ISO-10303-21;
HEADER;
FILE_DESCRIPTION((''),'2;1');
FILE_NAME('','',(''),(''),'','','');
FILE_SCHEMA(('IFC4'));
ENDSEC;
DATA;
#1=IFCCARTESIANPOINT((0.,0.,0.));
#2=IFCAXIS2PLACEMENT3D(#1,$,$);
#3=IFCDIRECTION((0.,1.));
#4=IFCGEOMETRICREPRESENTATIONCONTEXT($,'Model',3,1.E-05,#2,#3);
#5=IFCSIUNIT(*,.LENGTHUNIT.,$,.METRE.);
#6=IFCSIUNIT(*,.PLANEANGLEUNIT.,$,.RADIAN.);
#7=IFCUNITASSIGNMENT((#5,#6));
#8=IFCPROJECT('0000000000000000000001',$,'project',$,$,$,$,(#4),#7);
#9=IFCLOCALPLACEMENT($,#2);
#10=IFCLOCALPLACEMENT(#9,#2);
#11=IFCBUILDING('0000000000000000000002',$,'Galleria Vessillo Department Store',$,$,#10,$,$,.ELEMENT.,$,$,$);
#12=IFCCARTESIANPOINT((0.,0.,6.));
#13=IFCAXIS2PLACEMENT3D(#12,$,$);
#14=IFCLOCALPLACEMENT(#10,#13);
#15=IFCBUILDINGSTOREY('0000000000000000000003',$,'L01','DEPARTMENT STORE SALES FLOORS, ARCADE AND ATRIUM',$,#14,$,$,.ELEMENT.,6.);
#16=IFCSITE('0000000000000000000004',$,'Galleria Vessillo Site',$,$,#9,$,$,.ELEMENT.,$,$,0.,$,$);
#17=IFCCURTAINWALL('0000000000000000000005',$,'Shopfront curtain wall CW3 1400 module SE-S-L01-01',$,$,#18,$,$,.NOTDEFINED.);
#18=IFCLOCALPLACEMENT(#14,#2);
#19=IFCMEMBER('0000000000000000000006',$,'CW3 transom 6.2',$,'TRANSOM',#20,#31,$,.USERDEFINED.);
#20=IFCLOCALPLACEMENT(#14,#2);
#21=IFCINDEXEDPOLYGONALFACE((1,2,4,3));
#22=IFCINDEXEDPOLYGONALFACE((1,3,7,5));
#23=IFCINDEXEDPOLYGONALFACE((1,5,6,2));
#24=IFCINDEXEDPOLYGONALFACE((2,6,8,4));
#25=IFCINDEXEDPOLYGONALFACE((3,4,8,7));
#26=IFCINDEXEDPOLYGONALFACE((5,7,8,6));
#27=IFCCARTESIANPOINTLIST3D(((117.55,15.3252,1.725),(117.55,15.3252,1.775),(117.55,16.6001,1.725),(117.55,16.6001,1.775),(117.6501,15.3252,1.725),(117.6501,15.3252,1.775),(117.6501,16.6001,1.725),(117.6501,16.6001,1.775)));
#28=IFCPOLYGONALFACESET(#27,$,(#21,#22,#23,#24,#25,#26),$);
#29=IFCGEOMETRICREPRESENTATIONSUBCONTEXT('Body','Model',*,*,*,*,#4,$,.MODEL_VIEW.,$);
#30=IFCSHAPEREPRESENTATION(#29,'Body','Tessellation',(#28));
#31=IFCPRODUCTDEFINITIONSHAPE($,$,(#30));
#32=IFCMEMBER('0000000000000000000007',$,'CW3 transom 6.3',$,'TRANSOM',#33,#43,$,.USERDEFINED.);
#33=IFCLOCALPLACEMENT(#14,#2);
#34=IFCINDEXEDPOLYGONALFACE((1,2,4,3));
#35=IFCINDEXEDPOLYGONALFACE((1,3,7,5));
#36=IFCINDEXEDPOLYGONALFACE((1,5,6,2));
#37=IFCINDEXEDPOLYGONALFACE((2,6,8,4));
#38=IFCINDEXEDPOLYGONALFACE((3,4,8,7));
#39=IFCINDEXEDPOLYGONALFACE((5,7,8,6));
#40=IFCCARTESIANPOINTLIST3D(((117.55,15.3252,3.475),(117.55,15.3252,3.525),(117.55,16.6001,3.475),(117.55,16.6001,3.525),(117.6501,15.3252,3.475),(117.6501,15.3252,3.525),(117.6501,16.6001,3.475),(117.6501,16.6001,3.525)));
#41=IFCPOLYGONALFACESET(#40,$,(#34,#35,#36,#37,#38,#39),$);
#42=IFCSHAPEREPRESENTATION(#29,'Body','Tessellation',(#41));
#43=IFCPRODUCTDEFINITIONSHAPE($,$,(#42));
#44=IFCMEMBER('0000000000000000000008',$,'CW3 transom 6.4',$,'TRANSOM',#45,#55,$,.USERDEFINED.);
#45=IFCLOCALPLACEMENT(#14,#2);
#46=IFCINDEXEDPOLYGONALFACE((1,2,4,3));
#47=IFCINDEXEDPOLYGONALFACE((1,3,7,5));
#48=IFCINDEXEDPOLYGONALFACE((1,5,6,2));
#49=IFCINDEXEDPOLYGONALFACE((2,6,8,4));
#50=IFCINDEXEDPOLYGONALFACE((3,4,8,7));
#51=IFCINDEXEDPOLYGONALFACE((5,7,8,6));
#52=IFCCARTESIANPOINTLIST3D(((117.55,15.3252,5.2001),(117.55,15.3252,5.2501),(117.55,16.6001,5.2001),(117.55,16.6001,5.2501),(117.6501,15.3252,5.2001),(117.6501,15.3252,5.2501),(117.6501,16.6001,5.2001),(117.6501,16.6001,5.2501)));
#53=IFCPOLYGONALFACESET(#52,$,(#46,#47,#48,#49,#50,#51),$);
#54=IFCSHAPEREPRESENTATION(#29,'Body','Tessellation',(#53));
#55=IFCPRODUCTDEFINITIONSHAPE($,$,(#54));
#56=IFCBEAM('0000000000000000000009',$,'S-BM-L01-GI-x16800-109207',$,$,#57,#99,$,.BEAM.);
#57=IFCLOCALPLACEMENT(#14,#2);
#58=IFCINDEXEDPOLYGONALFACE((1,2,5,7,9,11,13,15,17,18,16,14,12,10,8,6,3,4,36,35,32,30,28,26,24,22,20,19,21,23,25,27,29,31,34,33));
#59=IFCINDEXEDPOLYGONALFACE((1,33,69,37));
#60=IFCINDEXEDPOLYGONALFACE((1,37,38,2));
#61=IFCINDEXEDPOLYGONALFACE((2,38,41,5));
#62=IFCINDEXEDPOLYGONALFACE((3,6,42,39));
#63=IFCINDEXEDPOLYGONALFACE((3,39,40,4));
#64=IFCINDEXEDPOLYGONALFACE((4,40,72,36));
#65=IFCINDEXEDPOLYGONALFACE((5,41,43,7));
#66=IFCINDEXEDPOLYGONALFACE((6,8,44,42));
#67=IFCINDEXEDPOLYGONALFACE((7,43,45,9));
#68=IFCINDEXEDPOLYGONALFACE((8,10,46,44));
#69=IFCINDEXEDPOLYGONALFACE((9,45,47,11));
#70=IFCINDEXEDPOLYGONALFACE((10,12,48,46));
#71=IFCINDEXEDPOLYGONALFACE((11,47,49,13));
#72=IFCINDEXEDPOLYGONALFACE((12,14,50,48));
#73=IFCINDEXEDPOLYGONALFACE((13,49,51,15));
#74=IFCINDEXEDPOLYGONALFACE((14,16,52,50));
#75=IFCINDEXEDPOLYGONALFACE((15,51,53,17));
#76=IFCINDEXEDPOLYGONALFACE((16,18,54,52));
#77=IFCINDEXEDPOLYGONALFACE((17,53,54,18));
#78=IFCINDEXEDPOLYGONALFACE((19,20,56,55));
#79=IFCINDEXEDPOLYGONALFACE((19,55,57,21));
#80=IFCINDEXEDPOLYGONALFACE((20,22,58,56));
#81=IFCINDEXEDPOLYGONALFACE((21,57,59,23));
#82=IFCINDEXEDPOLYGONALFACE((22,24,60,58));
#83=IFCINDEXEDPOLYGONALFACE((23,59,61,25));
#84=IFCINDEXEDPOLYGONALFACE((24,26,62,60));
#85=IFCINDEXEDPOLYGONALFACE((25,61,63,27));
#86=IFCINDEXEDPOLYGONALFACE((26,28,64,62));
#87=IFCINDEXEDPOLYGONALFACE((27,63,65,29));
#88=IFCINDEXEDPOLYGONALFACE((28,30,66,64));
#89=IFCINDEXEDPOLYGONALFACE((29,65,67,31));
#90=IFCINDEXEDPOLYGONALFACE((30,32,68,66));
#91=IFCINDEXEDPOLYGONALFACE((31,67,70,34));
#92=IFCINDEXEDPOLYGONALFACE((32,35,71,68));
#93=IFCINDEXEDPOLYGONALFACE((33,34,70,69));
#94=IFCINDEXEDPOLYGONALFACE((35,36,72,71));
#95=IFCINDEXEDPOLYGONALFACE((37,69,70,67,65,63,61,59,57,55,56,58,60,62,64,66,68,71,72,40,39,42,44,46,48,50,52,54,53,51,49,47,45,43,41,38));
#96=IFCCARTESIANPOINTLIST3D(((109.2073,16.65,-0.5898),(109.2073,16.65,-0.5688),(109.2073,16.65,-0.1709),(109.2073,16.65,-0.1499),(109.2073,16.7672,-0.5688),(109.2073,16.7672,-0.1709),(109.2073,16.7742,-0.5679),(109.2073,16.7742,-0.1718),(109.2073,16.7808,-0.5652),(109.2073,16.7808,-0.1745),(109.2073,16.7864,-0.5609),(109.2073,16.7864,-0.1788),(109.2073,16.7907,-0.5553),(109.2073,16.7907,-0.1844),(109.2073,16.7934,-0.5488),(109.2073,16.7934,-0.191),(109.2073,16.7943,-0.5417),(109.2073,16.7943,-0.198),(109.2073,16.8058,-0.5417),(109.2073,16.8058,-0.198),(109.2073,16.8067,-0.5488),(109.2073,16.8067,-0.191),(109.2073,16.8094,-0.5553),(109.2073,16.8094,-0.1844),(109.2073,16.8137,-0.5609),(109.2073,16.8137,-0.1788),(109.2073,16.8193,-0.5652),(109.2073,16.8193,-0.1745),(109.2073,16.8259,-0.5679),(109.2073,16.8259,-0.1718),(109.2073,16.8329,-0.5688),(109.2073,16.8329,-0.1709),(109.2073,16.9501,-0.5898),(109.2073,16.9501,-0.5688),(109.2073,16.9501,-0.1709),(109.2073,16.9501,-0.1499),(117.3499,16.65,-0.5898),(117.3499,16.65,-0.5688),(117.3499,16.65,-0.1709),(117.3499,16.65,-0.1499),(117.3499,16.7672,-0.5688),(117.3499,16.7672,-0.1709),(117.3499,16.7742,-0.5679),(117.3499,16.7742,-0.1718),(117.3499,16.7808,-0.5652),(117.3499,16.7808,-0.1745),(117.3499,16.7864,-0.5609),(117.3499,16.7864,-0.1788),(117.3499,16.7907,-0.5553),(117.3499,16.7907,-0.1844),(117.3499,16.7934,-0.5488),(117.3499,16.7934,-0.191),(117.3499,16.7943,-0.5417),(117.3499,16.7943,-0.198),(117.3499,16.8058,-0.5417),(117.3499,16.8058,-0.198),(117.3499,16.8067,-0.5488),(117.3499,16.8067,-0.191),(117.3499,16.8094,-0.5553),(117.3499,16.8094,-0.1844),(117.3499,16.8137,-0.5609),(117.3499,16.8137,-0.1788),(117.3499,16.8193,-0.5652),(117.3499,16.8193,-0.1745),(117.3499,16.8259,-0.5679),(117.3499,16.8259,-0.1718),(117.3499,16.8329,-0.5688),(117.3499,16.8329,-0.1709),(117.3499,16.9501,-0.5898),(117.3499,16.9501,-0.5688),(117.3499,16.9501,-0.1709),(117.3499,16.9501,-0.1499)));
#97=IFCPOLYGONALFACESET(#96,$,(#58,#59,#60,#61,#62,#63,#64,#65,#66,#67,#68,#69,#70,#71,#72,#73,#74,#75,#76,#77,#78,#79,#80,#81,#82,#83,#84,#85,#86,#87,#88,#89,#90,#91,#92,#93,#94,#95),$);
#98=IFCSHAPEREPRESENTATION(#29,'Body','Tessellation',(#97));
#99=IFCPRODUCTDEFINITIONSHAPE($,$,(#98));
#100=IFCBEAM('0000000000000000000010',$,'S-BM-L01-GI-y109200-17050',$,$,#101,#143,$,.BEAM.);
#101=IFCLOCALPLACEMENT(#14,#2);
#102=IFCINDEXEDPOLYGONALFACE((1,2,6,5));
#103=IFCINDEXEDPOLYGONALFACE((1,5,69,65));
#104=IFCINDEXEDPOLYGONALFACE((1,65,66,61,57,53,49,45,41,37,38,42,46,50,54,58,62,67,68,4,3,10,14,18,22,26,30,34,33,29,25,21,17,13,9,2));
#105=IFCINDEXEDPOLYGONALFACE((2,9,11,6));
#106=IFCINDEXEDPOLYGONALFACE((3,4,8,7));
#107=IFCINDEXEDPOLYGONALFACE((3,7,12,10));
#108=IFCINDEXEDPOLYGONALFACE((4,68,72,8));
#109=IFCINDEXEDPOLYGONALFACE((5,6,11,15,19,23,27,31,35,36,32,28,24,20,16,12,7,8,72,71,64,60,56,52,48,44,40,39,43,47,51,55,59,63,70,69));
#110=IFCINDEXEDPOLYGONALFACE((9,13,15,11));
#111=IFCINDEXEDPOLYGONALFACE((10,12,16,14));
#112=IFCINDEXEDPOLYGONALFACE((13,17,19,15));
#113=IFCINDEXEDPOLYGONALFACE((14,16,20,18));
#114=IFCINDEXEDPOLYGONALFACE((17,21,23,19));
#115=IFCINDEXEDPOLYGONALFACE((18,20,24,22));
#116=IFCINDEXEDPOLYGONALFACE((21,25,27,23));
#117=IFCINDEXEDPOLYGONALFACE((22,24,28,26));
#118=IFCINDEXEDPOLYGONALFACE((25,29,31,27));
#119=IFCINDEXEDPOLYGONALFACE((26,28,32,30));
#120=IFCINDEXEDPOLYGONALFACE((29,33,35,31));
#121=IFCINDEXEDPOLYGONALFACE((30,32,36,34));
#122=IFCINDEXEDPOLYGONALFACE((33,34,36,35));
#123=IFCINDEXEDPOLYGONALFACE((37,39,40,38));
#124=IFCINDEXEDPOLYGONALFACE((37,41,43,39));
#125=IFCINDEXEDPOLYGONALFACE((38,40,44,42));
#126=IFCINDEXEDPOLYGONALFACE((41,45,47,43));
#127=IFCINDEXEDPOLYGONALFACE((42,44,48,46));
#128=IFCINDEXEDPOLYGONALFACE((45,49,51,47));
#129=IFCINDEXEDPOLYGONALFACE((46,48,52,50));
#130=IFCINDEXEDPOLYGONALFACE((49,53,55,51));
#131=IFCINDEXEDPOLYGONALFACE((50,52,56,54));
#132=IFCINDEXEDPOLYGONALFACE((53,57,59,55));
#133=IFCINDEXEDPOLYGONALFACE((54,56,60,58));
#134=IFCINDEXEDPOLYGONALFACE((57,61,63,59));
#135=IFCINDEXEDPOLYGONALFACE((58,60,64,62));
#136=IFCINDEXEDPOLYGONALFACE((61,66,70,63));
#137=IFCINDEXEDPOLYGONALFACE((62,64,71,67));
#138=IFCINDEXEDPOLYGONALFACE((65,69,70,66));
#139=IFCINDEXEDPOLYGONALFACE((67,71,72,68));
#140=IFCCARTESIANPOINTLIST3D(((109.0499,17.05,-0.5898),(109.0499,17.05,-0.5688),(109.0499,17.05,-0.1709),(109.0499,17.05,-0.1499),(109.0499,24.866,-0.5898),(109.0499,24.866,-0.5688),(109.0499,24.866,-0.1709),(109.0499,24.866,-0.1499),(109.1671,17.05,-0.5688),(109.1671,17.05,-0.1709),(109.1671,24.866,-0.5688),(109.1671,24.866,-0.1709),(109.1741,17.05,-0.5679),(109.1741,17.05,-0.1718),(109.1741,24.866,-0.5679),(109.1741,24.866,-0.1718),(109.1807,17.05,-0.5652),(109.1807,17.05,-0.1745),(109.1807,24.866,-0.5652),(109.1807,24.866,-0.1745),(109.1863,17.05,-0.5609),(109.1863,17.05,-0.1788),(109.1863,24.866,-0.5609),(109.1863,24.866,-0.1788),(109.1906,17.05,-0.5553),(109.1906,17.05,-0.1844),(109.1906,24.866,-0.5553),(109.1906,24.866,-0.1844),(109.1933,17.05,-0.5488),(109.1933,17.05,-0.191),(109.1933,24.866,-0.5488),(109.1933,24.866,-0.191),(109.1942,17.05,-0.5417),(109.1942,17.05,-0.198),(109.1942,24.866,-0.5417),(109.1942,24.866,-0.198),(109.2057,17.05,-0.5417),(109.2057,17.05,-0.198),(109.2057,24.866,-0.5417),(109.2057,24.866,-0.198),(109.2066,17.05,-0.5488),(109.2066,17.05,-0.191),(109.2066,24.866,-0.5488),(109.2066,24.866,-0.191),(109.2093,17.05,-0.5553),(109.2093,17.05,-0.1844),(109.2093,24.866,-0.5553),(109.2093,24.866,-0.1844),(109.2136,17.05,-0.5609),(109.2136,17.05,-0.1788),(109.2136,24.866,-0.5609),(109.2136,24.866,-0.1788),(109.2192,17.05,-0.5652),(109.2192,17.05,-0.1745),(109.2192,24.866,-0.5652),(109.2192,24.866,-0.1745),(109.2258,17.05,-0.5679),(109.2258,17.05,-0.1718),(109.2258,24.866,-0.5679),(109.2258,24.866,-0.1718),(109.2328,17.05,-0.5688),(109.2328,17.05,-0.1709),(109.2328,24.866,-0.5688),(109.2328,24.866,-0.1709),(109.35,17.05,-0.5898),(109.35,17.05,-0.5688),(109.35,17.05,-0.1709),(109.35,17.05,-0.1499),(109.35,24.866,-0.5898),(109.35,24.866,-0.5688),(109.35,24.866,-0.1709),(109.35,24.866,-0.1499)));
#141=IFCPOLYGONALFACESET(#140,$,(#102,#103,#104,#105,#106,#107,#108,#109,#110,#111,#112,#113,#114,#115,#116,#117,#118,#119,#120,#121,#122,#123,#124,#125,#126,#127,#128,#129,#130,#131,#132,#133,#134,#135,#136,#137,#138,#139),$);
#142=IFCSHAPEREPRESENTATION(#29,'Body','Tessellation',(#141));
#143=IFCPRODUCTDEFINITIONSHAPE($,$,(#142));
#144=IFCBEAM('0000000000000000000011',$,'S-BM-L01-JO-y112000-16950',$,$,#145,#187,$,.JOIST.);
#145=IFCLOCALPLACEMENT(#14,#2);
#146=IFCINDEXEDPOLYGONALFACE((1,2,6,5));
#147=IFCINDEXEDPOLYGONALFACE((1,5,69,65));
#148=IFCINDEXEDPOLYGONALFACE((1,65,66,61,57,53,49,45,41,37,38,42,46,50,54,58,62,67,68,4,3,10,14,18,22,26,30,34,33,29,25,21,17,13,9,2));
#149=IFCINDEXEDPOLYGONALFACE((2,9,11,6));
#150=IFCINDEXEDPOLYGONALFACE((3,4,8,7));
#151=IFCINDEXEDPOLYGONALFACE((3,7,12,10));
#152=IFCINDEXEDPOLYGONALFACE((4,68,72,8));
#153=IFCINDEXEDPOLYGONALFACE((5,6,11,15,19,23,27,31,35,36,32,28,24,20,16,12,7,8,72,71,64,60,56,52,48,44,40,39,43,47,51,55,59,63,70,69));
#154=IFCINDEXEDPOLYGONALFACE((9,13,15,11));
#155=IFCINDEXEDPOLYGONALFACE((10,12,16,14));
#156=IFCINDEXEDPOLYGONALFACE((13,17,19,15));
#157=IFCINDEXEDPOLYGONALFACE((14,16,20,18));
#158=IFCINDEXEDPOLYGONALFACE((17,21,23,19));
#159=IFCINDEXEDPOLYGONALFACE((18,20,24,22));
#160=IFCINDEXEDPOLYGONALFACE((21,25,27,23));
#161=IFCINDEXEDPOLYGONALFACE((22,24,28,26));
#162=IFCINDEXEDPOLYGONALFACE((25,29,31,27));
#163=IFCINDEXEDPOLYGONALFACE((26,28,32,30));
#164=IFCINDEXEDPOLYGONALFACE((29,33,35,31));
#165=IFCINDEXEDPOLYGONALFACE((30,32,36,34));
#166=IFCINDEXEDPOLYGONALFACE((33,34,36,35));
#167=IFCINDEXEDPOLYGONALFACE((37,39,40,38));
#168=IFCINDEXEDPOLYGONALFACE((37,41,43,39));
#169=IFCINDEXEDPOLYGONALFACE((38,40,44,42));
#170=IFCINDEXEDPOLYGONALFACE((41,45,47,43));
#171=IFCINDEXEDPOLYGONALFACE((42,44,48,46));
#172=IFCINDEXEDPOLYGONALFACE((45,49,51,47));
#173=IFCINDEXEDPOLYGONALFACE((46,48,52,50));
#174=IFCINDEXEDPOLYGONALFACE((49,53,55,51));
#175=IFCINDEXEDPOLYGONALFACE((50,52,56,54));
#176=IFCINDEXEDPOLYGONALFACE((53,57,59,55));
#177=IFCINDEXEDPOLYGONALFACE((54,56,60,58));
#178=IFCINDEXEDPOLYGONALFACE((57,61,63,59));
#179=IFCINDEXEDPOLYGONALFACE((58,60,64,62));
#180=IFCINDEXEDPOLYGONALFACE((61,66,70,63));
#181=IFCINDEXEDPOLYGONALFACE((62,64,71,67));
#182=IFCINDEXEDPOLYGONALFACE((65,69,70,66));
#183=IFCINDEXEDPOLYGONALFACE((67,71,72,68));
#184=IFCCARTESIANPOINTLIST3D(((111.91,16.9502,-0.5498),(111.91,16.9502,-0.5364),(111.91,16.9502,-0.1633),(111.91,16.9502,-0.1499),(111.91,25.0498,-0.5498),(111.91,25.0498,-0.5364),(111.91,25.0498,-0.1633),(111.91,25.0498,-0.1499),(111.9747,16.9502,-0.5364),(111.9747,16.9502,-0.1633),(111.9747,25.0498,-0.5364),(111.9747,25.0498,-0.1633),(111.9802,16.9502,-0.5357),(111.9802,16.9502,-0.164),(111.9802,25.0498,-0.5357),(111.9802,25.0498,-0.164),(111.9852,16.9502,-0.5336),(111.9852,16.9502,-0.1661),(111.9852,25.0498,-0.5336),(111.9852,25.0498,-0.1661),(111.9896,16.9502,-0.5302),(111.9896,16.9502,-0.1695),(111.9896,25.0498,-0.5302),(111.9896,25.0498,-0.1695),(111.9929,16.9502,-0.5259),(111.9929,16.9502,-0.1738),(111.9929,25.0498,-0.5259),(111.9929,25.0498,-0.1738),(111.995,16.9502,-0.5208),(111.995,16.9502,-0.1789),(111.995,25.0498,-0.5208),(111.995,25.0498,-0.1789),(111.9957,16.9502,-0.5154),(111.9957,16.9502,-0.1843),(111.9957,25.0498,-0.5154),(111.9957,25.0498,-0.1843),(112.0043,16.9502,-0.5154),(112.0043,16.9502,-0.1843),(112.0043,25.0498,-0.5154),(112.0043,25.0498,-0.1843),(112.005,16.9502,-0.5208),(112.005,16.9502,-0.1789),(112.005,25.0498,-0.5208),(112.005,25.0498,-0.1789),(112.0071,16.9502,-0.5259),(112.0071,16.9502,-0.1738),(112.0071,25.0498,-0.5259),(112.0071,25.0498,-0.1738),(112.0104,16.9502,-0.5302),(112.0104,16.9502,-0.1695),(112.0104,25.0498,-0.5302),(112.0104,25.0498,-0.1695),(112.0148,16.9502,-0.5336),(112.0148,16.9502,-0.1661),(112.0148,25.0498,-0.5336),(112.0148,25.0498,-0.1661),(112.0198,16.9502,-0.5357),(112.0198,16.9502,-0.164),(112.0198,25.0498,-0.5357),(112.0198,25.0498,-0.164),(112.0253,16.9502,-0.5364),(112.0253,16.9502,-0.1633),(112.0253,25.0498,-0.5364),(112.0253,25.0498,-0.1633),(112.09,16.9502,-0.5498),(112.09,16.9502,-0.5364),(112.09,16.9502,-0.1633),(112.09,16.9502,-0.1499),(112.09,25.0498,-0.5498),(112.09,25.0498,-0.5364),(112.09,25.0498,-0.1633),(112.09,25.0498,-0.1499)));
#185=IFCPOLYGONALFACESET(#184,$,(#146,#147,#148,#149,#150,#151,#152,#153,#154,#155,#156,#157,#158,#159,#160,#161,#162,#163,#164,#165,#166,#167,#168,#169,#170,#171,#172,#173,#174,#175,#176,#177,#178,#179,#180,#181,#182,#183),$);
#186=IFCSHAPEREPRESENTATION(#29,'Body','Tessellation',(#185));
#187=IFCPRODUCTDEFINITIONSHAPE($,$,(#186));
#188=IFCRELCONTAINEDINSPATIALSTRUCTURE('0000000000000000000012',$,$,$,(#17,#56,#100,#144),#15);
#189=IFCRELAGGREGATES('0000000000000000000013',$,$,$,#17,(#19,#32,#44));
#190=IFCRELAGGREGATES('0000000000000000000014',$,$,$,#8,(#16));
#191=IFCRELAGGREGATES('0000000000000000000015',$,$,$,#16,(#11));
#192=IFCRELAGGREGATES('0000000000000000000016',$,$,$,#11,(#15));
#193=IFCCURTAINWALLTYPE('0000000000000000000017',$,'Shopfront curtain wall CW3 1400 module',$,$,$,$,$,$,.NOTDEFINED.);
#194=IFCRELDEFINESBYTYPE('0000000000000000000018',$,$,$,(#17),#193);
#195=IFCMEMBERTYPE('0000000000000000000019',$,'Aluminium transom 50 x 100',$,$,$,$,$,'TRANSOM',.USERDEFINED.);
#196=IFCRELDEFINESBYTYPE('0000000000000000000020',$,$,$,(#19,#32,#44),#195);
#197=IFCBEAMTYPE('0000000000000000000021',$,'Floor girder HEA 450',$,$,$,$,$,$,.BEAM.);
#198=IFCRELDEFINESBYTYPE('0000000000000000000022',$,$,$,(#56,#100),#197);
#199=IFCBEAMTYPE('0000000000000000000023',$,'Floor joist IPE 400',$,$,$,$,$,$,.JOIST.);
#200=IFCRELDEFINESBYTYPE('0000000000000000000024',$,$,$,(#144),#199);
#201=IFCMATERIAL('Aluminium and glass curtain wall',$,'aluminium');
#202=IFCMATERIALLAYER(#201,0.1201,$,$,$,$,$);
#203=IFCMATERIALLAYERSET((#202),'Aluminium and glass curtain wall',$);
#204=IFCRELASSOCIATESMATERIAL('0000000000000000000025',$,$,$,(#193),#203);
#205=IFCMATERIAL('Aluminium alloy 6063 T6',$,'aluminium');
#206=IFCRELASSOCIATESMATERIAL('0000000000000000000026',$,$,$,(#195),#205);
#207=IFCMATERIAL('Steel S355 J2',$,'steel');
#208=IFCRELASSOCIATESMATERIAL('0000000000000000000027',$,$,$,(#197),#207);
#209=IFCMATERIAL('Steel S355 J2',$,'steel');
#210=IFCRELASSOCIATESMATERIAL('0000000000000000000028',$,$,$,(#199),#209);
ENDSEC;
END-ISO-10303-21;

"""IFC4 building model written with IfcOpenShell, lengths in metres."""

from ifc_helpers import new_model, si_unit, direction, frame, origin, origin_2d, place, context, subcontext, project, spatial, rectangle, i_section, extrude, material, layer, layer_set, material_profile, profile_set, type_object, element, aggregate, save


model = new_model("IFC4")

# Units and contexts
model_context = context("Model", 3, precision=1e-05, world=origin(), true_north=direction((0.0, 1.0)))
body_context = subcontext(model_context, "Body", "Model", "MODEL_VIEW")
ifc_project = project(units=[si_unit("LENGTHUNIT", "METRE"), si_unit("PLANEANGLEUNIT", "RADIAN")], contexts=[model_context])

# Site, building, storey
site_placement = place(None, origin())
site = spatial("IfcSite", under=ifc_project, at=site_placement, Name="Galleria Vessillo Site", CompositionType="ELEMENT", RefElevation=0.0)
building_placement = place(site_placement, origin())
building = spatial("IfcBuilding", under=site, at=building_placement, Name="Galleria Vessillo Department Store", CompositionType="ELEMENT")
storey_placement = place(building_placement, frame((0.0, 0.0, 6.0)))
storey = spatial("IfcBuildingStorey", under=building, at=storey_placement, Name="L01", Description="DEPARTMENT STORE SALES FLOORS, ARCADE AND ATRIUM", CompositionType="ELEMENT", Elevation=6.0)

# Curtain wall, members
ifc_material_1 = material(Name="Aluminium and glass curtain wall", Category="aluminium")
ifc_layer_1 = layer(ifc_material_1, 0.1201)
ifc_layer_set_1 = layer_set([ifc_layer_1], Name="Aluminium and glass curtain wall")
curtain_wall_type = type_object("IfcCurtainWallType", Name="Shopfront curtain wall CW3 1400 module", PredefinedType="NOTDEFINED", material=ifc_layer_set_1)
curtain_wall_placement = place(storey_placement, origin())
curtain_wall = element("IfcCurtainWall", 1, at=curtain_wall_placement, inside=storey, type_object=curtain_wall_type, Name="Shopfront curtain wall CW3 1400 module SE-S-L01-01", PredefinedType="NOTDEFINED")
ifc_material_2 = material(Name="Aluminium alloy 6063 T6", Category="aluminium")
ifc_material_profile_1 = material_profile(ifc_material_2, rectangle(XDim=0.1001, YDim=0.05, at=origin_2d()), Name="AL 50x100")
ifc_profile_set_1 = profile_set([ifc_material_profile_1], Name="Aluminium alloy 6063 T6")
member_type_1 = type_object("IfcMemberType", Name="Aluminium transom 50 x 100", ElementType="TRANSOM", PredefinedType="USERDEFINED", material=ifc_profile_set_1)
member_1_placement = place(storey_placement, frame((117.6001, 15.3252, 1.75), z_axis=(0.0, 1.0, 0.0), x_axis=(-1.0, 0.0, 0.0)))
member_1 = element("IfcMember", 2, at=member_1_placement, type_object=member_type_1, Name="CW3 transom 6.2", ObjectType="TRANSOM", PredefinedType="USERDEFINED", context=body_context, shape_type="SweptSolid", body=[
    extrude(rectangle(XDim=0.1001, YDim=0.05, at=origin_2d()), origin(), (0.0, 0.0, 1.0), 1.2749),
])
member_2_placement = place(storey_placement, frame((117.6001, 15.3252, 3.5), z_axis=(0.0, 1.0, 0.0), x_axis=(-1.0, 0.0, 0.0)))
member_2 = element("IfcMember", 3, at=member_2_placement, type_object=member_type_1, Name="CW3 transom 6.3", ObjectType="TRANSOM", PredefinedType="USERDEFINED", context=body_context, shape_type="SweptSolid", body=[
    extrude(rectangle(XDim=0.1001, YDim=0.05, at=origin_2d()), origin(), (0.0, 0.0, 1.0), 1.2749),
])
member_3_placement = place(storey_placement, frame((117.6001, 15.3252, 5.2251), z_axis=(0.0, 1.0, 0.0), x_axis=(-1.0, 0.0, 0.0)))
member_3 = element("IfcMember", 4, at=member_3_placement, type_object=member_type_1, Name="CW3 transom 6.4", ObjectType="TRANSOM", PredefinedType="USERDEFINED", context=body_context, shape_type="SweptSolid", body=[
    extrude(rectangle(XDim=0.1001, YDim=0.05, at=origin_2d()), origin(), (0.0, 0.0, 1.0), 1.2749),
])

# Beams
ifc_material_3 = material(Name="Steel S355 J2", Category="steel")
ifc_material_profile_2 = material_profile(ifc_material_3, i_section(OverallWidth=0.3, OverallDepth=0.4399, WebThickness=0.0115, FlangeThickness=0.021, FilletRadius=0.0271, at=origin_2d()), Name="HEA 450")
ifc_profile_set_2 = profile_set([ifc_material_profile_2], Name="Steel S355 J2")
beam_type_1 = type_object("IfcBeamType", Name="Floor girder HEA 450", PredefinedType="BEAM", material=ifc_profile_set_2)
beam_1_placement = place(storey_placement, frame((109.2073, 16.8, -0.3699), z_axis=(1.0, 0.0, 0.0), x_axis=(0.0, 1.0, 0.0)))
element("IfcBeam", 5, at=beam_1_placement, inside=storey, type_object=beam_type_1, Name="S-BM-L01-GI-x16800-109207", PredefinedType="BEAM", context=body_context, shape_type="SweptSolid", body=[
    extrude(i_section(OverallWidth=0.3, OverallDepth=0.4399, WebThickness=0.0115, FlangeThickness=0.021, FilletRadius=0.0271, at=origin_2d()), origin(), (0.0, 0.0, 1.0), 8.1426),
])
beam_2_placement = place(storey_placement, frame((109.2, 17.05, -0.3699), z_axis=(0.0, 1.0, 0.0), x_axis=(-1.0, 0.0, 0.0)))
element("IfcBeam", 6, at=beam_2_placement, inside=storey, type_object=beam_type_1, Name="S-BM-L01-GI-y109200-17050", PredefinedType="BEAM", context=body_context, shape_type="SweptSolid", body=[
    extrude(i_section(OverallWidth=0.3, OverallDepth=0.4399, WebThickness=0.0115, FlangeThickness=0.021, FilletRadius=0.0271, at=origin_2d()), origin(), (0.0, 0.0, 1.0), 7.8159),
])
ifc_material_4 = material(Name="Steel S355 J2", Category="steel")
ifc_material_profile_3 = material_profile(ifc_material_4, i_section(OverallWidth=0.1799, OverallDepth=0.3999, WebThickness=0.0085, FlangeThickness=0.0134, FilletRadius=0.021, at=origin_2d()), Name="IPE 400")
ifc_profile_set_3 = profile_set([ifc_material_profile_3], Name="Steel S355 J2")
beam_type_2 = type_object("IfcBeamType", Name="Floor joist IPE 400", PredefinedType="JOIST", material=ifc_profile_set_3)
for number, where, z_axis, x_axis, name in (
    (7, (112.0, 16.9502, -0.3499), (0.0, 1.0, 0.0), (-1.0, 0.0, 0.0), "S-BM-L01-JO-y112000-16950"),
):
    element("IfcBeam", number, at=place(storey_placement, frame(where, z_axis=z_axis, x_axis=x_axis)), inside=storey, type_object=beam_type_2, Name=name, PredefinedType="JOIST", context=body_context, shape_type="SweptSolid", body=[
        extrude(i_section(OverallWidth=0.1799, OverallDepth=0.3999, WebThickness=0.0085, FlangeThickness=0.0134, FilletRadius=0.021, at=origin_2d()), origin(), (0.0, 0.0, 1.0), 8.0996),
    ])

aggregate(curtain_wall, [member_1, member_2, member_3])

save(model, "model.ifc")
